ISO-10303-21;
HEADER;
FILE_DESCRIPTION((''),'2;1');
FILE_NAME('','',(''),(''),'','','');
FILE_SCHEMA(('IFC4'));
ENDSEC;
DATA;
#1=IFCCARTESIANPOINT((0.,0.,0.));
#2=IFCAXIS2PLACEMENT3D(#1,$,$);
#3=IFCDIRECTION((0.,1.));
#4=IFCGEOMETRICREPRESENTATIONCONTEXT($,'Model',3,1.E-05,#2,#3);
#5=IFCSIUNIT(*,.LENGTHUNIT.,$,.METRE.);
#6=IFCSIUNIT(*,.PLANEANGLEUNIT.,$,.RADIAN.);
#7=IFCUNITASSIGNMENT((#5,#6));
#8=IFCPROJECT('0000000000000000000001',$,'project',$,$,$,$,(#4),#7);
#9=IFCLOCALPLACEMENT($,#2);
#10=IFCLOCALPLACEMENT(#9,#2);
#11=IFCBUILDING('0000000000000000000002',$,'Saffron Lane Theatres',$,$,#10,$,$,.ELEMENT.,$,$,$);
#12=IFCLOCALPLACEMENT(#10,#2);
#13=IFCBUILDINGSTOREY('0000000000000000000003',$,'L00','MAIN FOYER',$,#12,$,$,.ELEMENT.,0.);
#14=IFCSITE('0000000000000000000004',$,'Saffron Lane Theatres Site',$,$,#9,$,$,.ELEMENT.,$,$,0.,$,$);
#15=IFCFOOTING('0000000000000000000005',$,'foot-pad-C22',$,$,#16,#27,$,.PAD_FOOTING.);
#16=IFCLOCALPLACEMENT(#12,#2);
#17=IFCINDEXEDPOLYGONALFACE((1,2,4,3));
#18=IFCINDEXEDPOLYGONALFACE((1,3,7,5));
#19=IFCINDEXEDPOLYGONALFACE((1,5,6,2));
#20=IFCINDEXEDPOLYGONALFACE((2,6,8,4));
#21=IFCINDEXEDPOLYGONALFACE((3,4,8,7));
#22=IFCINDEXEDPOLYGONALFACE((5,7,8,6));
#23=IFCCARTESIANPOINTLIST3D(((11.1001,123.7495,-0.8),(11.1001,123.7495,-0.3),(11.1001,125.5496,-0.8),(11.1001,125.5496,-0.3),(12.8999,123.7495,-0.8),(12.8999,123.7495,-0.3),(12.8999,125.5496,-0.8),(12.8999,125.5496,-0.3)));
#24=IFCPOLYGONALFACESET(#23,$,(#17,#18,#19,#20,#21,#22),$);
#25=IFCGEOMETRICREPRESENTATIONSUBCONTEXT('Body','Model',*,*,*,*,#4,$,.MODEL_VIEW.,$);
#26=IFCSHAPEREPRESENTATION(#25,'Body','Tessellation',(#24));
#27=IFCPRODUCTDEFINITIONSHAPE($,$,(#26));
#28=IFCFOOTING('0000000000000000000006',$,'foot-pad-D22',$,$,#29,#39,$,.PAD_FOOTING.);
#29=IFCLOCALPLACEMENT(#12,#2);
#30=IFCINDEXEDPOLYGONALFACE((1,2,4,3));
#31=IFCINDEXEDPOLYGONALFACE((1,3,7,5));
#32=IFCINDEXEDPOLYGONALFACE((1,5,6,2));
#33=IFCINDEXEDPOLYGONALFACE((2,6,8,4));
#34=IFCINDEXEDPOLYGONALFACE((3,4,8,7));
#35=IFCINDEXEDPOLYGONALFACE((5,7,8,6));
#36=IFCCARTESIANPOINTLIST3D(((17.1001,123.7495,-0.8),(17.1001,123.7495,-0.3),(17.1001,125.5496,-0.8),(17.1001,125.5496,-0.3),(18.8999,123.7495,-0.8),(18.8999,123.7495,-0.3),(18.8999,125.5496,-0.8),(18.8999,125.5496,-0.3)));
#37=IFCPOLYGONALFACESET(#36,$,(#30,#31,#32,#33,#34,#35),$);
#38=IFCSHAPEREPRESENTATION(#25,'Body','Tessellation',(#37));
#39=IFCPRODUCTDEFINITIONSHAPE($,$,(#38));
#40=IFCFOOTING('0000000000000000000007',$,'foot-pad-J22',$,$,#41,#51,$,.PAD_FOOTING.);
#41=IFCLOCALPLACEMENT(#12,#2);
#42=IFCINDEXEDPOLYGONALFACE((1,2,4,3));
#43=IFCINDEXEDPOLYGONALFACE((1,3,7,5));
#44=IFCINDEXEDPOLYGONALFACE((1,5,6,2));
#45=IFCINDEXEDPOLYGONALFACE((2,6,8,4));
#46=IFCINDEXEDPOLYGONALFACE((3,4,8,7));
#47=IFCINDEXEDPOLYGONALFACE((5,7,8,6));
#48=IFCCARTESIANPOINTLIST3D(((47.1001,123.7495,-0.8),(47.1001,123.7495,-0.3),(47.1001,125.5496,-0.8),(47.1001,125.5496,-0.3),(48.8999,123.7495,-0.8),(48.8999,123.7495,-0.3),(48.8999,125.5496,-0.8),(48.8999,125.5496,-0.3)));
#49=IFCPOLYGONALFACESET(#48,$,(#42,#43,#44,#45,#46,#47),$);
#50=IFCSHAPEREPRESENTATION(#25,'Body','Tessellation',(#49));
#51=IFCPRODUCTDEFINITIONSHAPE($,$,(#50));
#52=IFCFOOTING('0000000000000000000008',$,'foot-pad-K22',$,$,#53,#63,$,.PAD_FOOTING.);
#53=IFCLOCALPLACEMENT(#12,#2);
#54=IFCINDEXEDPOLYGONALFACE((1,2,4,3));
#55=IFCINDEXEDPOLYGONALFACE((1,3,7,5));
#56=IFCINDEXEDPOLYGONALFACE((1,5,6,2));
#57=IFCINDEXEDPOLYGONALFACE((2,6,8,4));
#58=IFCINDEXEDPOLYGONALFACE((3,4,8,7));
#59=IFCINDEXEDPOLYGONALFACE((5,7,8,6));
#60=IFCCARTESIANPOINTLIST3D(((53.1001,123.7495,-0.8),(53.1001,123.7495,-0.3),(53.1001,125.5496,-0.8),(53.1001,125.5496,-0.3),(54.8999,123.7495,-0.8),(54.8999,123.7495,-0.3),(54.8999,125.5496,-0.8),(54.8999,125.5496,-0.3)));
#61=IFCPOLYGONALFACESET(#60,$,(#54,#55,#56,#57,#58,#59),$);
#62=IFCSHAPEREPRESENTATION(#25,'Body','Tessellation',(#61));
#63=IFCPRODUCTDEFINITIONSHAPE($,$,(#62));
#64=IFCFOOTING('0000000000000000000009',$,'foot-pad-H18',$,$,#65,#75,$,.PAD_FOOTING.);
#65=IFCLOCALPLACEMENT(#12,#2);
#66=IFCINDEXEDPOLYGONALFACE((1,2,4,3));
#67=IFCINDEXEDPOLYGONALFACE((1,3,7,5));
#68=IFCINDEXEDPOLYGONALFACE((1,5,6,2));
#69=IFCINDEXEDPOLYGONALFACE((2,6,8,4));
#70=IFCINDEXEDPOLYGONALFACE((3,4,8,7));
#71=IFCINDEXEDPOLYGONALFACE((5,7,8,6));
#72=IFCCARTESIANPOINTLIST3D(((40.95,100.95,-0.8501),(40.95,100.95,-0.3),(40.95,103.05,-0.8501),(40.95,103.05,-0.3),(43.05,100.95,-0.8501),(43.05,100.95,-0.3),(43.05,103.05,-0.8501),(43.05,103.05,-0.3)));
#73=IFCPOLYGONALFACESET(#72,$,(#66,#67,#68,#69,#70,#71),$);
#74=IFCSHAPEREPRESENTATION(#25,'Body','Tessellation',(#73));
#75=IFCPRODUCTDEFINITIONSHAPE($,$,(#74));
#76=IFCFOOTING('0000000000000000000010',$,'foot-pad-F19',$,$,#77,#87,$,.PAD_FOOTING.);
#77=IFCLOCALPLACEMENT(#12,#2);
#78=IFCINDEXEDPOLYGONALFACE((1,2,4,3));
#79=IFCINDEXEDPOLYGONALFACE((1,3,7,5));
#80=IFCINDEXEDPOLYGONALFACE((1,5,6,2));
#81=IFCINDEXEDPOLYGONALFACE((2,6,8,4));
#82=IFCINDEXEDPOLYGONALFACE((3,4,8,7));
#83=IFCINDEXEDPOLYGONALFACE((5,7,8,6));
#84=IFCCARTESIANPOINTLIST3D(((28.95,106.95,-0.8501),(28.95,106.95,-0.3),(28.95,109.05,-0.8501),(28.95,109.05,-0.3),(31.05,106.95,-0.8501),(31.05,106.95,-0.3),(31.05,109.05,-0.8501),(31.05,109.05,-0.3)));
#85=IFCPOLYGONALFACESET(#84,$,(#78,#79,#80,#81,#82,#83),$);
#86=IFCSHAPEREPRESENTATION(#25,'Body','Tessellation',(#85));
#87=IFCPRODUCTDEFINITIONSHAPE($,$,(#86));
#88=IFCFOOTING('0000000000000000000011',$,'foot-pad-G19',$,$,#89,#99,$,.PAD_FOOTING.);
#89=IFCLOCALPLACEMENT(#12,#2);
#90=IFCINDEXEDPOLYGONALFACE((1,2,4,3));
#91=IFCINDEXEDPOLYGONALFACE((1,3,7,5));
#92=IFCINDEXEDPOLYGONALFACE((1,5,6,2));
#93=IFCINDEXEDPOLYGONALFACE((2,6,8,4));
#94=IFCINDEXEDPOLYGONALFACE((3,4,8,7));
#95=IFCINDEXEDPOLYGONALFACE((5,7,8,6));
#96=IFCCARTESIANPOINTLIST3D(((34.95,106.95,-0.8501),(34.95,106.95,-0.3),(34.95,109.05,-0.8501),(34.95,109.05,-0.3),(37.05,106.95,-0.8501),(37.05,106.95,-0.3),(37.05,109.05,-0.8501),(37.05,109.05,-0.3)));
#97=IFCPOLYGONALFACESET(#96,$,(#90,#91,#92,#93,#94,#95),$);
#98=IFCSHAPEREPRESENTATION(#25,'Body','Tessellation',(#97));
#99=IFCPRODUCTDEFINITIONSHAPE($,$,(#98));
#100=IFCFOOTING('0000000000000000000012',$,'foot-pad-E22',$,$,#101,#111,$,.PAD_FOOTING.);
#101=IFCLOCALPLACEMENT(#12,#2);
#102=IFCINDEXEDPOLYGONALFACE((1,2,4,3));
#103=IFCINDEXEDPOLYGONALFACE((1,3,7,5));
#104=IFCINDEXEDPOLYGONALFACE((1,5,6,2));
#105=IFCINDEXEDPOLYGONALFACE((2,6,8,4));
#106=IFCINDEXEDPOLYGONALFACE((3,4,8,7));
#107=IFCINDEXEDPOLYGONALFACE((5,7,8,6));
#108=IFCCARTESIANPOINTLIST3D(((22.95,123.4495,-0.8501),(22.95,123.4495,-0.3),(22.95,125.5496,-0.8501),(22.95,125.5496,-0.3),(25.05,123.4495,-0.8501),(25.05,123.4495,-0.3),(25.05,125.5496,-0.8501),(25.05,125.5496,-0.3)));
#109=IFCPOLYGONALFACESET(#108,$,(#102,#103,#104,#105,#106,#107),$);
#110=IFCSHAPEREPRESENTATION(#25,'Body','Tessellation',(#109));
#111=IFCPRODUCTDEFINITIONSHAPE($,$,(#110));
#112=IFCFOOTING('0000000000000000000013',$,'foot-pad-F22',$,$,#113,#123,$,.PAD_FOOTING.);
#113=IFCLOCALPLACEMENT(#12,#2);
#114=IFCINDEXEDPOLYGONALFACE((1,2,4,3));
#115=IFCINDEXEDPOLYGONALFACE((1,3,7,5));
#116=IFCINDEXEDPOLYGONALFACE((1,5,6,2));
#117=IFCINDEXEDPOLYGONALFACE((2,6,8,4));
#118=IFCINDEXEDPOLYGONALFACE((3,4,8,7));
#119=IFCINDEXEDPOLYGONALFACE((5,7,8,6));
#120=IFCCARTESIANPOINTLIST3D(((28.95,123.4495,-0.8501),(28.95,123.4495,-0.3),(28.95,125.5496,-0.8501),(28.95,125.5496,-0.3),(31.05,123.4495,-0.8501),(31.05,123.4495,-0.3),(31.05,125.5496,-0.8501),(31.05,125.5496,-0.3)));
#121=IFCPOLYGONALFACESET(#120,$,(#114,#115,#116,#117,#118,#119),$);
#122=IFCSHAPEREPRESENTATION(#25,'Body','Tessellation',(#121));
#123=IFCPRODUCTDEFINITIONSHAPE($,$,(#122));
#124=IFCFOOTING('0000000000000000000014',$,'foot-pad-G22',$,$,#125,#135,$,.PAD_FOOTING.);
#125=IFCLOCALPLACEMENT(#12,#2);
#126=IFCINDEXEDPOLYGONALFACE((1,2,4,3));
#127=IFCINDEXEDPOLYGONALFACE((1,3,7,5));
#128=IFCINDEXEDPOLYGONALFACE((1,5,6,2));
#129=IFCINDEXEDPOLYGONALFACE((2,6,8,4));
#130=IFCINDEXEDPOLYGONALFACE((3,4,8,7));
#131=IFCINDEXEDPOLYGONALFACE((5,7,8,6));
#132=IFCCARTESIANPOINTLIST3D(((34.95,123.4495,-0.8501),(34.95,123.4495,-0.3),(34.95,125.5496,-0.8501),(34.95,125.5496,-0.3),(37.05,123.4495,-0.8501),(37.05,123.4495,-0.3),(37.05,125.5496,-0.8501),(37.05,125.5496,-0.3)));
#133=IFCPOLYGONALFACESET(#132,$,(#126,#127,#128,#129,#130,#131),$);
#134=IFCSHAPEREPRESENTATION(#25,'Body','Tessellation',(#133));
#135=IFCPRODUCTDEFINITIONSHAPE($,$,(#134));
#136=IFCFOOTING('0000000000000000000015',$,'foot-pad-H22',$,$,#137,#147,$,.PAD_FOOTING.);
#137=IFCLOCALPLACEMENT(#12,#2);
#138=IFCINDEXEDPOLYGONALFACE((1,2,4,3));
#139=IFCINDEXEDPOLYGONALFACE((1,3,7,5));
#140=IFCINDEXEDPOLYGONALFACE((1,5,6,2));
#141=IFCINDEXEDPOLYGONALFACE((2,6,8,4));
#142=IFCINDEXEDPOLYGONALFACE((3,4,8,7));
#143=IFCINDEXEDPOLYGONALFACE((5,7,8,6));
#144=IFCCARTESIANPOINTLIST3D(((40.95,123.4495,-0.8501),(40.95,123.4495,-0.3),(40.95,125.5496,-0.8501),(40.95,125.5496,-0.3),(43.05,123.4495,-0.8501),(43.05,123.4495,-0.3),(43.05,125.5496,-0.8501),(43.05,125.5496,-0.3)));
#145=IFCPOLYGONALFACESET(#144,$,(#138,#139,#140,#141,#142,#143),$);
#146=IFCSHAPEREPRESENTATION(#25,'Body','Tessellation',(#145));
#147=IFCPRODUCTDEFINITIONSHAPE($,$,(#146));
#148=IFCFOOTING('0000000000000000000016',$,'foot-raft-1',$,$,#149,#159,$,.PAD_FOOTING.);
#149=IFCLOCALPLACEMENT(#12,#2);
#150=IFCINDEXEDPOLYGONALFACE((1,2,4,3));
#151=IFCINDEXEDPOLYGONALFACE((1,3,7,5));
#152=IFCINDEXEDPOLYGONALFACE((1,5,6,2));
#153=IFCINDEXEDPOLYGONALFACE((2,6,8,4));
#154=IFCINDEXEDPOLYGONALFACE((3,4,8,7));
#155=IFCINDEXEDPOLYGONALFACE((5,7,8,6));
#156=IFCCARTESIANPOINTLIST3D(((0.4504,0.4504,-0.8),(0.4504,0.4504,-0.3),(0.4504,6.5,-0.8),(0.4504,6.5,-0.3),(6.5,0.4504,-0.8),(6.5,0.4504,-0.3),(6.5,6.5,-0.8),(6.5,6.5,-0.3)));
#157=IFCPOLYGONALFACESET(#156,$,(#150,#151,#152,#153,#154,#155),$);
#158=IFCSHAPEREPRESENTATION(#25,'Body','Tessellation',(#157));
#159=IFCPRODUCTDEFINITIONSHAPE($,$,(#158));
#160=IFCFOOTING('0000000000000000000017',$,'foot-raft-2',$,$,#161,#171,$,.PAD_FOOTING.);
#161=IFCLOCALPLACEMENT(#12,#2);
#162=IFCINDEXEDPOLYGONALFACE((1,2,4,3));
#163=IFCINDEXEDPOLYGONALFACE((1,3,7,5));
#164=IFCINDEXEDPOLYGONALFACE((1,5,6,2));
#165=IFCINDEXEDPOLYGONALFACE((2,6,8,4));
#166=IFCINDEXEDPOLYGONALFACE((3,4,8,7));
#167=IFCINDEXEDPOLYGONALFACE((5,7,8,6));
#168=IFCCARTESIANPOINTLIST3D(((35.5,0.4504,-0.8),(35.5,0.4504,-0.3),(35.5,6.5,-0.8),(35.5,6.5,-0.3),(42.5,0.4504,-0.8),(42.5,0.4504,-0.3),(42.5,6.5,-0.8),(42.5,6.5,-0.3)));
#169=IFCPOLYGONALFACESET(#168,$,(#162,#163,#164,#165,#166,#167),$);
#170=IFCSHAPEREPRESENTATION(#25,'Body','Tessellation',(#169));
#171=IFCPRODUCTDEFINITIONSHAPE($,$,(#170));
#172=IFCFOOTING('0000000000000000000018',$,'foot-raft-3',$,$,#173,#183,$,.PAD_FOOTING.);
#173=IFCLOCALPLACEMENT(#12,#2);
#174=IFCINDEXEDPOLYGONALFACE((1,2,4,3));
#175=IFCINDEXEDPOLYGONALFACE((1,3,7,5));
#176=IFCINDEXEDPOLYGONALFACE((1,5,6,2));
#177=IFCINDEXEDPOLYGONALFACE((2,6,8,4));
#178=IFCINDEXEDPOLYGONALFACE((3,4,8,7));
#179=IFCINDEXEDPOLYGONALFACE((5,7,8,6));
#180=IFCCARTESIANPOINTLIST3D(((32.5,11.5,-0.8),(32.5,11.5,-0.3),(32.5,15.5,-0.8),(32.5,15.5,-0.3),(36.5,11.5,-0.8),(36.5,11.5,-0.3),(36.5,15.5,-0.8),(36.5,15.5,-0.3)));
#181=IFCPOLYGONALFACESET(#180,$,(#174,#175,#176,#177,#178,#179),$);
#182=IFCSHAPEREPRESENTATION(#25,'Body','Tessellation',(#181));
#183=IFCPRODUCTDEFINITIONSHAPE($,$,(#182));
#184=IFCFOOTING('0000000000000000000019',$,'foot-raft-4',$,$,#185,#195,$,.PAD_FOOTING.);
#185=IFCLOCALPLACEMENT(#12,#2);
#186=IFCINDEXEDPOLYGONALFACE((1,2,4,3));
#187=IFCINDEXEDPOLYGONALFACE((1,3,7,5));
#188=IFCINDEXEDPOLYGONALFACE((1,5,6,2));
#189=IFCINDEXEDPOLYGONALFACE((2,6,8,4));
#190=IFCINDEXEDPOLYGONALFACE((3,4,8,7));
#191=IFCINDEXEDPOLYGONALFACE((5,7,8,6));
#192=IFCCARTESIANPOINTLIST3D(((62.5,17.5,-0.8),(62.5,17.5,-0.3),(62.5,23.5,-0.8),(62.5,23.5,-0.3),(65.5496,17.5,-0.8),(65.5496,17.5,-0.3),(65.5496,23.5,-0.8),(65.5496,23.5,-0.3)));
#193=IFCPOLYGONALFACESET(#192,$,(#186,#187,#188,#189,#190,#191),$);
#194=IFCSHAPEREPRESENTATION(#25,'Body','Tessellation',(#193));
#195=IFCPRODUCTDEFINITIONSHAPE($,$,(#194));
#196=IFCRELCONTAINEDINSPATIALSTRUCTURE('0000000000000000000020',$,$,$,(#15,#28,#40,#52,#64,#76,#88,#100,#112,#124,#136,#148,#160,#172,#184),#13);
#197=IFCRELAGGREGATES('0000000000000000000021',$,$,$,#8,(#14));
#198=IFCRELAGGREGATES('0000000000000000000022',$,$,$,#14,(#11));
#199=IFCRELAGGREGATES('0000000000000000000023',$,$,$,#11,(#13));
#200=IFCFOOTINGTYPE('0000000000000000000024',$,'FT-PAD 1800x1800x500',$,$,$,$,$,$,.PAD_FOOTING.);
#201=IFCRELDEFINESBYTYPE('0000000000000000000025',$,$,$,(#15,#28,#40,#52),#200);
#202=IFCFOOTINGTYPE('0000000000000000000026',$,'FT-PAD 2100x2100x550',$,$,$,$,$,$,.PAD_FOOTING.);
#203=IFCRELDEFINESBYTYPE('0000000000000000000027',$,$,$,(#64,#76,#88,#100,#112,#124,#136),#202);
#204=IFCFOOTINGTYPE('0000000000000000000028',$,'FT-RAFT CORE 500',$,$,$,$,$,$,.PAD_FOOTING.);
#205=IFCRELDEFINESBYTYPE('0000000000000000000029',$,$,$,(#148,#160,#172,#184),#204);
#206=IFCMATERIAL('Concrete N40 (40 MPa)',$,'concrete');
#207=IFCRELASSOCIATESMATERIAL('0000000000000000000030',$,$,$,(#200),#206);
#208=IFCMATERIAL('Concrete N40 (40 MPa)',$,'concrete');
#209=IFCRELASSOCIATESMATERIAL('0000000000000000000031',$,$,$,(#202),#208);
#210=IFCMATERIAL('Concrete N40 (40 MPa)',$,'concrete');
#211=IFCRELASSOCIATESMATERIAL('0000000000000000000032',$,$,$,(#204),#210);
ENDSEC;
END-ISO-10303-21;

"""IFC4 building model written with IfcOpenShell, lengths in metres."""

from ifc_helpers import new_model, si_unit, direction, frame, origin, place, context, subcontext, project, spatial, polyline, outline, extrude, material, type_object, element, save


model = new_model("IFC4")

# Units and contexts
model_context = context("Model", 3, precision=1e-05, world=origin(), true_north=direction((0.0, 1.0)))
body_context = subcontext(model_context, "Body", "Model", "MODEL_VIEW")
ifc_project = project(units=[si_unit("LENGTHUNIT", "METRE"), si_unit("PLANEANGLEUNIT", "RADIAN")], contexts=[model_context])

# Site, building, storey
site_placement = place(None, origin())
site = spatial("IfcSite", under=ifc_project, at=site_placement, Name="Saffron Lane Theatres Site", CompositionType="ELEMENT", RefElevation=0.0)
building_placement = place(site_placement, origin())
building = spatial("IfcBuilding", under=site, at=building_placement, Name="Saffron Lane Theatres", CompositionType="ELEMENT")
storey_placement = place(building_placement, origin())
storey = spatial("IfcBuildingStorey", under=building, at=storey_placement, Name="L00", Description="MAIN FOYER", CompositionType="ELEMENT", Elevation=0.0)

# Footings
ifc_material_1 = material(Name="Concrete N40 (40 MPa)", Category="concrete")
footing_type_1 = type_object("IfcFootingType", Name="FT-PAD 1800x1800x500", PredefinedType="PAD_FOOTING", material=ifc_material_1)
footing_1_placement = place(storey_placement, frame((0.0, 0.0, -0.8)))
element("IfcFooting", 1, at=footing_1_placement, inside=storey, type_object=footing_type_1, Name="foot-pad-C22", PredefinedType="PAD_FOOTING", context=body_context, shape_type="SweptSolid", body=[
    extrude(outline(polyline([(11.1001, 123.7495), (12.8999, 123.7495), (12.8999, 125.5496), (11.1001, 125.5496), (11.1001, 123.7495)])), origin(), (0.0, 0.0, 1.0), 0.5),
])
footing_2_placement = place(storey_placement, frame((0.0, 0.0, -0.8)))
element("IfcFooting", 2, at=footing_2_placement, inside=storey, type_object=footing_type_1, Name="foot-pad-D22", PredefinedType="PAD_FOOTING", context=body_context, shape_type="SweptSolid", body=[
    extrude(outline(polyline([(17.1001, 123.7495), (18.8999, 123.7495), (18.8999, 125.5496), (17.1001, 125.5496), (17.1001, 123.7495)])), origin(), (0.0, 0.0, 1.0), 0.5),
])
footing_3_placement = place(storey_placement, frame((0.0, 0.0, -0.8)))
element("IfcFooting", 3, at=footing_3_placement, inside=storey, type_object=footing_type_1, Name="foot-pad-J22", PredefinedType="PAD_FOOTING", context=body_context, shape_type="SweptSolid", body=[
    extrude(outline(polyline([(47.1001, 123.7495), (48.8999, 123.7495), (48.8999, 125.5496), (47.1001, 125.5496), (47.1001, 123.7495)])), origin(), (0.0, 0.0, 1.0), 0.5),
])
footing_4_placement = place(storey_placement, frame((0.0, 0.0, -0.8)))
element("IfcFooting", 4, at=footing_4_placement, inside=storey, type_object=footing_type_1, Name="foot-pad-K22", PredefinedType="PAD_FOOTING", context=body_context, shape_type="SweptSolid", body=[
    extrude(outline(polyline([(53.1001, 123.7495), (54.8999, 123.7495), (54.8999, 125.5496), (53.1001, 125.5496), (53.1001, 123.7495)])), origin(), (0.0, 0.0, 1.0), 0.5),
])
ifc_material_2 = material(Name="Concrete N40 (40 MPa)", Category="concrete")
footing_type_2 = type_object("IfcFootingType", Name="FT-PAD 2100x2100x550", PredefinedType="PAD_FOOTING", material=ifc_material_2)
footing_5_placement = place(storey_placement, frame((0.0, 0.0, -0.8501)))
element("IfcFooting", 5, at=footing_5_placement, inside=storey, type_object=footing_type_2, Name="foot-pad-H18", PredefinedType="PAD_FOOTING", context=body_context, shape_type="SweptSolid", body=[
    extrude(outline(polyline([(40.95, 100.95), (43.05, 100.95), (43.05, 103.05), (40.95, 103.05), (40.95, 100.95)])), origin(), (0.0, 0.0, 1.0), 0.55),
])
footing_6_placement = place(storey_placement, frame((0.0, 0.0, -0.8501)))
element("IfcFooting", 6, at=footing_6_placement, inside=storey, type_object=footing_type_2, Name="foot-pad-F19", PredefinedType="PAD_FOOTING", context=body_context, shape_type="SweptSolid", body=[
    extrude(outline(polyline([(28.95, 106.95), (31.05, 106.95), (31.05, 109.05), (28.95, 109.05), (28.95, 106.95)])), origin(), (0.0, 0.0, 1.0), 0.55),
])
footing_7_placement = place(storey_placement, frame((0.0, 0.0, -0.8501)))
element("IfcFooting", 7, at=footing_7_placement, inside=storey, type_object=footing_type_2, Name="foot-pad-G19", PredefinedType="PAD_FOOTING", context=body_context, shape_type="SweptSolid", body=[
    extrude(outline(polyline([(34.95, 106.95), (37.05, 106.95), (37.05, 109.05), (34.95, 109.05), (34.95, 106.95)])), origin(), (0.0, 0.0, 1.0), 0.55),
])
footing_8_placement = place(storey_placement, frame((0.0, 0.0, -0.8501)))
element("IfcFooting", 8, at=footing_8_placement, inside=storey, type_object=footing_type_2, Name="foot-pad-E22", PredefinedType="PAD_FOOTING", context=body_context, shape_type="SweptSolid", body=[
    extrude(outline(polyline([(22.95, 123.4495), (25.05, 123.4495), (25.05, 125.5496), (22.95, 125.5496), (22.95, 123.4495)])), origin(), (0.0, 0.0, 1.0), 0.55),
])
footing_9_placement = place(storey_placement, frame((0.0, 0.0, -0.8501)))
element("IfcFooting", 9, at=footing_9_placement, inside=storey, type_object=footing_type_2, Name="foot-pad-F22", PredefinedType="PAD_FOOTING", context=body_context, shape_type="SweptSolid", body=[
    extrude(outline(polyline([(28.95, 123.4495), (31.05, 123.4495), (31.05, 125.5496), (28.95, 125.5496), (28.95, 123.4495)])), origin(), (0.0, 0.0, 1.0), 0.55),
])
footing_10_placement = place(storey_placement, frame((0.0, 0.0, -0.8501)))
element("IfcFooting", 10, at=footing_10_placement, inside=storey, type_object=footing_type_2, Name="foot-pad-G22", PredefinedType="PAD_FOOTING", context=body_context, shape_type="SweptSolid", body=[
    extrude(outline(polyline([(34.95, 123.4495), (37.05, 123.4495), (37.05, 125.5496), (34.95, 125.5496), (34.95, 123.4495)])), origin(), (0.0, 0.0, 1.0), 0.55),
])
footing_11_placement = place(storey_placement, frame((0.0, 0.0, -0.8501)))
element("IfcFooting", 11, at=footing_11_placement, inside=storey, type_object=footing_type_2, Name="foot-pad-H22", PredefinedType="PAD_FOOTING", context=body_context, shape_type="SweptSolid", body=[
    extrude(outline(polyline([(40.95, 123.4495), (43.05, 123.4495), (43.05, 125.5496), (40.95, 125.5496), (40.95, 123.4495)])), origin(), (0.0, 0.0, 1.0), 0.55),
])
ifc_material_3 = material(Name="Concrete N40 (40 MPa)", Category="concrete")
footing_type_3 = type_object("IfcFootingType", Name="FT-RAFT CORE 500", PredefinedType="PAD_FOOTING", material=ifc_material_3)
footing_12_placement = place(storey_placement, frame((0.0, 0.0, -0.8)))
element("IfcFooting", 12, at=footing_12_placement, inside=storey, type_object=footing_type_3, Name="foot-raft-1", PredefinedType="PAD_FOOTING", context=body_context, shape_type="SweptSolid", body=[
    extrude(outline(polyline([(0.4504, 0.4504), (6.5, 0.4504), (6.5, 6.5), (0.4504, 6.5), (0.4504, 0.4504)])), origin(), (0.0, 0.0, 1.0), 0.5),
])
footing_13_placement = place(storey_placement, frame((0.0, 0.0, -0.8)))
element("IfcFooting", 13, at=footing_13_placement, inside=storey, type_object=footing_type_3, Name="foot-raft-2", PredefinedType="PAD_FOOTING", context=body_context, shape_type="SweptSolid", body=[
    extrude(outline(polyline([(35.5, 0.4504), (42.5, 0.4504), (42.5, 6.5), (35.5, 6.5), (35.5, 0.4504)])), origin(), (0.0, 0.0, 1.0), 0.5),
])
footing_14_placement = place(storey_placement, frame((0.0, 0.0, -0.8)))
element("IfcFooting", 14, at=footing_14_placement, inside=storey, type_object=footing_type_3, Name="foot-raft-3", PredefinedType="PAD_FOOTING", context=body_context, shape_type="SweptSolid", body=[
    extrude(outline(polyline([(32.5, 11.5), (36.5, 11.5), (36.5, 15.5), (32.5, 15.5), (32.5, 11.5)])), origin(), (0.0, 0.0, 1.0), 0.5),
])
footing_15_placement = place(storey_placement, frame((0.0, 0.0, -0.8)))
element("IfcFooting", 15, at=footing_15_placement, inside=storey, type_object=footing_type_3, Name="foot-raft-4", PredefinedType="PAD_FOOTING", context=body_context, shape_type="SweptSolid", body=[
    extrude(outline(polyline([(62.5, 17.5), (65.5496, 17.5), (65.5496, 23.5), (62.5, 23.5), (62.5, 17.5)])), origin(), (0.0, 0.0, 1.0), 0.5),
])

save(model, "model.ifc")
